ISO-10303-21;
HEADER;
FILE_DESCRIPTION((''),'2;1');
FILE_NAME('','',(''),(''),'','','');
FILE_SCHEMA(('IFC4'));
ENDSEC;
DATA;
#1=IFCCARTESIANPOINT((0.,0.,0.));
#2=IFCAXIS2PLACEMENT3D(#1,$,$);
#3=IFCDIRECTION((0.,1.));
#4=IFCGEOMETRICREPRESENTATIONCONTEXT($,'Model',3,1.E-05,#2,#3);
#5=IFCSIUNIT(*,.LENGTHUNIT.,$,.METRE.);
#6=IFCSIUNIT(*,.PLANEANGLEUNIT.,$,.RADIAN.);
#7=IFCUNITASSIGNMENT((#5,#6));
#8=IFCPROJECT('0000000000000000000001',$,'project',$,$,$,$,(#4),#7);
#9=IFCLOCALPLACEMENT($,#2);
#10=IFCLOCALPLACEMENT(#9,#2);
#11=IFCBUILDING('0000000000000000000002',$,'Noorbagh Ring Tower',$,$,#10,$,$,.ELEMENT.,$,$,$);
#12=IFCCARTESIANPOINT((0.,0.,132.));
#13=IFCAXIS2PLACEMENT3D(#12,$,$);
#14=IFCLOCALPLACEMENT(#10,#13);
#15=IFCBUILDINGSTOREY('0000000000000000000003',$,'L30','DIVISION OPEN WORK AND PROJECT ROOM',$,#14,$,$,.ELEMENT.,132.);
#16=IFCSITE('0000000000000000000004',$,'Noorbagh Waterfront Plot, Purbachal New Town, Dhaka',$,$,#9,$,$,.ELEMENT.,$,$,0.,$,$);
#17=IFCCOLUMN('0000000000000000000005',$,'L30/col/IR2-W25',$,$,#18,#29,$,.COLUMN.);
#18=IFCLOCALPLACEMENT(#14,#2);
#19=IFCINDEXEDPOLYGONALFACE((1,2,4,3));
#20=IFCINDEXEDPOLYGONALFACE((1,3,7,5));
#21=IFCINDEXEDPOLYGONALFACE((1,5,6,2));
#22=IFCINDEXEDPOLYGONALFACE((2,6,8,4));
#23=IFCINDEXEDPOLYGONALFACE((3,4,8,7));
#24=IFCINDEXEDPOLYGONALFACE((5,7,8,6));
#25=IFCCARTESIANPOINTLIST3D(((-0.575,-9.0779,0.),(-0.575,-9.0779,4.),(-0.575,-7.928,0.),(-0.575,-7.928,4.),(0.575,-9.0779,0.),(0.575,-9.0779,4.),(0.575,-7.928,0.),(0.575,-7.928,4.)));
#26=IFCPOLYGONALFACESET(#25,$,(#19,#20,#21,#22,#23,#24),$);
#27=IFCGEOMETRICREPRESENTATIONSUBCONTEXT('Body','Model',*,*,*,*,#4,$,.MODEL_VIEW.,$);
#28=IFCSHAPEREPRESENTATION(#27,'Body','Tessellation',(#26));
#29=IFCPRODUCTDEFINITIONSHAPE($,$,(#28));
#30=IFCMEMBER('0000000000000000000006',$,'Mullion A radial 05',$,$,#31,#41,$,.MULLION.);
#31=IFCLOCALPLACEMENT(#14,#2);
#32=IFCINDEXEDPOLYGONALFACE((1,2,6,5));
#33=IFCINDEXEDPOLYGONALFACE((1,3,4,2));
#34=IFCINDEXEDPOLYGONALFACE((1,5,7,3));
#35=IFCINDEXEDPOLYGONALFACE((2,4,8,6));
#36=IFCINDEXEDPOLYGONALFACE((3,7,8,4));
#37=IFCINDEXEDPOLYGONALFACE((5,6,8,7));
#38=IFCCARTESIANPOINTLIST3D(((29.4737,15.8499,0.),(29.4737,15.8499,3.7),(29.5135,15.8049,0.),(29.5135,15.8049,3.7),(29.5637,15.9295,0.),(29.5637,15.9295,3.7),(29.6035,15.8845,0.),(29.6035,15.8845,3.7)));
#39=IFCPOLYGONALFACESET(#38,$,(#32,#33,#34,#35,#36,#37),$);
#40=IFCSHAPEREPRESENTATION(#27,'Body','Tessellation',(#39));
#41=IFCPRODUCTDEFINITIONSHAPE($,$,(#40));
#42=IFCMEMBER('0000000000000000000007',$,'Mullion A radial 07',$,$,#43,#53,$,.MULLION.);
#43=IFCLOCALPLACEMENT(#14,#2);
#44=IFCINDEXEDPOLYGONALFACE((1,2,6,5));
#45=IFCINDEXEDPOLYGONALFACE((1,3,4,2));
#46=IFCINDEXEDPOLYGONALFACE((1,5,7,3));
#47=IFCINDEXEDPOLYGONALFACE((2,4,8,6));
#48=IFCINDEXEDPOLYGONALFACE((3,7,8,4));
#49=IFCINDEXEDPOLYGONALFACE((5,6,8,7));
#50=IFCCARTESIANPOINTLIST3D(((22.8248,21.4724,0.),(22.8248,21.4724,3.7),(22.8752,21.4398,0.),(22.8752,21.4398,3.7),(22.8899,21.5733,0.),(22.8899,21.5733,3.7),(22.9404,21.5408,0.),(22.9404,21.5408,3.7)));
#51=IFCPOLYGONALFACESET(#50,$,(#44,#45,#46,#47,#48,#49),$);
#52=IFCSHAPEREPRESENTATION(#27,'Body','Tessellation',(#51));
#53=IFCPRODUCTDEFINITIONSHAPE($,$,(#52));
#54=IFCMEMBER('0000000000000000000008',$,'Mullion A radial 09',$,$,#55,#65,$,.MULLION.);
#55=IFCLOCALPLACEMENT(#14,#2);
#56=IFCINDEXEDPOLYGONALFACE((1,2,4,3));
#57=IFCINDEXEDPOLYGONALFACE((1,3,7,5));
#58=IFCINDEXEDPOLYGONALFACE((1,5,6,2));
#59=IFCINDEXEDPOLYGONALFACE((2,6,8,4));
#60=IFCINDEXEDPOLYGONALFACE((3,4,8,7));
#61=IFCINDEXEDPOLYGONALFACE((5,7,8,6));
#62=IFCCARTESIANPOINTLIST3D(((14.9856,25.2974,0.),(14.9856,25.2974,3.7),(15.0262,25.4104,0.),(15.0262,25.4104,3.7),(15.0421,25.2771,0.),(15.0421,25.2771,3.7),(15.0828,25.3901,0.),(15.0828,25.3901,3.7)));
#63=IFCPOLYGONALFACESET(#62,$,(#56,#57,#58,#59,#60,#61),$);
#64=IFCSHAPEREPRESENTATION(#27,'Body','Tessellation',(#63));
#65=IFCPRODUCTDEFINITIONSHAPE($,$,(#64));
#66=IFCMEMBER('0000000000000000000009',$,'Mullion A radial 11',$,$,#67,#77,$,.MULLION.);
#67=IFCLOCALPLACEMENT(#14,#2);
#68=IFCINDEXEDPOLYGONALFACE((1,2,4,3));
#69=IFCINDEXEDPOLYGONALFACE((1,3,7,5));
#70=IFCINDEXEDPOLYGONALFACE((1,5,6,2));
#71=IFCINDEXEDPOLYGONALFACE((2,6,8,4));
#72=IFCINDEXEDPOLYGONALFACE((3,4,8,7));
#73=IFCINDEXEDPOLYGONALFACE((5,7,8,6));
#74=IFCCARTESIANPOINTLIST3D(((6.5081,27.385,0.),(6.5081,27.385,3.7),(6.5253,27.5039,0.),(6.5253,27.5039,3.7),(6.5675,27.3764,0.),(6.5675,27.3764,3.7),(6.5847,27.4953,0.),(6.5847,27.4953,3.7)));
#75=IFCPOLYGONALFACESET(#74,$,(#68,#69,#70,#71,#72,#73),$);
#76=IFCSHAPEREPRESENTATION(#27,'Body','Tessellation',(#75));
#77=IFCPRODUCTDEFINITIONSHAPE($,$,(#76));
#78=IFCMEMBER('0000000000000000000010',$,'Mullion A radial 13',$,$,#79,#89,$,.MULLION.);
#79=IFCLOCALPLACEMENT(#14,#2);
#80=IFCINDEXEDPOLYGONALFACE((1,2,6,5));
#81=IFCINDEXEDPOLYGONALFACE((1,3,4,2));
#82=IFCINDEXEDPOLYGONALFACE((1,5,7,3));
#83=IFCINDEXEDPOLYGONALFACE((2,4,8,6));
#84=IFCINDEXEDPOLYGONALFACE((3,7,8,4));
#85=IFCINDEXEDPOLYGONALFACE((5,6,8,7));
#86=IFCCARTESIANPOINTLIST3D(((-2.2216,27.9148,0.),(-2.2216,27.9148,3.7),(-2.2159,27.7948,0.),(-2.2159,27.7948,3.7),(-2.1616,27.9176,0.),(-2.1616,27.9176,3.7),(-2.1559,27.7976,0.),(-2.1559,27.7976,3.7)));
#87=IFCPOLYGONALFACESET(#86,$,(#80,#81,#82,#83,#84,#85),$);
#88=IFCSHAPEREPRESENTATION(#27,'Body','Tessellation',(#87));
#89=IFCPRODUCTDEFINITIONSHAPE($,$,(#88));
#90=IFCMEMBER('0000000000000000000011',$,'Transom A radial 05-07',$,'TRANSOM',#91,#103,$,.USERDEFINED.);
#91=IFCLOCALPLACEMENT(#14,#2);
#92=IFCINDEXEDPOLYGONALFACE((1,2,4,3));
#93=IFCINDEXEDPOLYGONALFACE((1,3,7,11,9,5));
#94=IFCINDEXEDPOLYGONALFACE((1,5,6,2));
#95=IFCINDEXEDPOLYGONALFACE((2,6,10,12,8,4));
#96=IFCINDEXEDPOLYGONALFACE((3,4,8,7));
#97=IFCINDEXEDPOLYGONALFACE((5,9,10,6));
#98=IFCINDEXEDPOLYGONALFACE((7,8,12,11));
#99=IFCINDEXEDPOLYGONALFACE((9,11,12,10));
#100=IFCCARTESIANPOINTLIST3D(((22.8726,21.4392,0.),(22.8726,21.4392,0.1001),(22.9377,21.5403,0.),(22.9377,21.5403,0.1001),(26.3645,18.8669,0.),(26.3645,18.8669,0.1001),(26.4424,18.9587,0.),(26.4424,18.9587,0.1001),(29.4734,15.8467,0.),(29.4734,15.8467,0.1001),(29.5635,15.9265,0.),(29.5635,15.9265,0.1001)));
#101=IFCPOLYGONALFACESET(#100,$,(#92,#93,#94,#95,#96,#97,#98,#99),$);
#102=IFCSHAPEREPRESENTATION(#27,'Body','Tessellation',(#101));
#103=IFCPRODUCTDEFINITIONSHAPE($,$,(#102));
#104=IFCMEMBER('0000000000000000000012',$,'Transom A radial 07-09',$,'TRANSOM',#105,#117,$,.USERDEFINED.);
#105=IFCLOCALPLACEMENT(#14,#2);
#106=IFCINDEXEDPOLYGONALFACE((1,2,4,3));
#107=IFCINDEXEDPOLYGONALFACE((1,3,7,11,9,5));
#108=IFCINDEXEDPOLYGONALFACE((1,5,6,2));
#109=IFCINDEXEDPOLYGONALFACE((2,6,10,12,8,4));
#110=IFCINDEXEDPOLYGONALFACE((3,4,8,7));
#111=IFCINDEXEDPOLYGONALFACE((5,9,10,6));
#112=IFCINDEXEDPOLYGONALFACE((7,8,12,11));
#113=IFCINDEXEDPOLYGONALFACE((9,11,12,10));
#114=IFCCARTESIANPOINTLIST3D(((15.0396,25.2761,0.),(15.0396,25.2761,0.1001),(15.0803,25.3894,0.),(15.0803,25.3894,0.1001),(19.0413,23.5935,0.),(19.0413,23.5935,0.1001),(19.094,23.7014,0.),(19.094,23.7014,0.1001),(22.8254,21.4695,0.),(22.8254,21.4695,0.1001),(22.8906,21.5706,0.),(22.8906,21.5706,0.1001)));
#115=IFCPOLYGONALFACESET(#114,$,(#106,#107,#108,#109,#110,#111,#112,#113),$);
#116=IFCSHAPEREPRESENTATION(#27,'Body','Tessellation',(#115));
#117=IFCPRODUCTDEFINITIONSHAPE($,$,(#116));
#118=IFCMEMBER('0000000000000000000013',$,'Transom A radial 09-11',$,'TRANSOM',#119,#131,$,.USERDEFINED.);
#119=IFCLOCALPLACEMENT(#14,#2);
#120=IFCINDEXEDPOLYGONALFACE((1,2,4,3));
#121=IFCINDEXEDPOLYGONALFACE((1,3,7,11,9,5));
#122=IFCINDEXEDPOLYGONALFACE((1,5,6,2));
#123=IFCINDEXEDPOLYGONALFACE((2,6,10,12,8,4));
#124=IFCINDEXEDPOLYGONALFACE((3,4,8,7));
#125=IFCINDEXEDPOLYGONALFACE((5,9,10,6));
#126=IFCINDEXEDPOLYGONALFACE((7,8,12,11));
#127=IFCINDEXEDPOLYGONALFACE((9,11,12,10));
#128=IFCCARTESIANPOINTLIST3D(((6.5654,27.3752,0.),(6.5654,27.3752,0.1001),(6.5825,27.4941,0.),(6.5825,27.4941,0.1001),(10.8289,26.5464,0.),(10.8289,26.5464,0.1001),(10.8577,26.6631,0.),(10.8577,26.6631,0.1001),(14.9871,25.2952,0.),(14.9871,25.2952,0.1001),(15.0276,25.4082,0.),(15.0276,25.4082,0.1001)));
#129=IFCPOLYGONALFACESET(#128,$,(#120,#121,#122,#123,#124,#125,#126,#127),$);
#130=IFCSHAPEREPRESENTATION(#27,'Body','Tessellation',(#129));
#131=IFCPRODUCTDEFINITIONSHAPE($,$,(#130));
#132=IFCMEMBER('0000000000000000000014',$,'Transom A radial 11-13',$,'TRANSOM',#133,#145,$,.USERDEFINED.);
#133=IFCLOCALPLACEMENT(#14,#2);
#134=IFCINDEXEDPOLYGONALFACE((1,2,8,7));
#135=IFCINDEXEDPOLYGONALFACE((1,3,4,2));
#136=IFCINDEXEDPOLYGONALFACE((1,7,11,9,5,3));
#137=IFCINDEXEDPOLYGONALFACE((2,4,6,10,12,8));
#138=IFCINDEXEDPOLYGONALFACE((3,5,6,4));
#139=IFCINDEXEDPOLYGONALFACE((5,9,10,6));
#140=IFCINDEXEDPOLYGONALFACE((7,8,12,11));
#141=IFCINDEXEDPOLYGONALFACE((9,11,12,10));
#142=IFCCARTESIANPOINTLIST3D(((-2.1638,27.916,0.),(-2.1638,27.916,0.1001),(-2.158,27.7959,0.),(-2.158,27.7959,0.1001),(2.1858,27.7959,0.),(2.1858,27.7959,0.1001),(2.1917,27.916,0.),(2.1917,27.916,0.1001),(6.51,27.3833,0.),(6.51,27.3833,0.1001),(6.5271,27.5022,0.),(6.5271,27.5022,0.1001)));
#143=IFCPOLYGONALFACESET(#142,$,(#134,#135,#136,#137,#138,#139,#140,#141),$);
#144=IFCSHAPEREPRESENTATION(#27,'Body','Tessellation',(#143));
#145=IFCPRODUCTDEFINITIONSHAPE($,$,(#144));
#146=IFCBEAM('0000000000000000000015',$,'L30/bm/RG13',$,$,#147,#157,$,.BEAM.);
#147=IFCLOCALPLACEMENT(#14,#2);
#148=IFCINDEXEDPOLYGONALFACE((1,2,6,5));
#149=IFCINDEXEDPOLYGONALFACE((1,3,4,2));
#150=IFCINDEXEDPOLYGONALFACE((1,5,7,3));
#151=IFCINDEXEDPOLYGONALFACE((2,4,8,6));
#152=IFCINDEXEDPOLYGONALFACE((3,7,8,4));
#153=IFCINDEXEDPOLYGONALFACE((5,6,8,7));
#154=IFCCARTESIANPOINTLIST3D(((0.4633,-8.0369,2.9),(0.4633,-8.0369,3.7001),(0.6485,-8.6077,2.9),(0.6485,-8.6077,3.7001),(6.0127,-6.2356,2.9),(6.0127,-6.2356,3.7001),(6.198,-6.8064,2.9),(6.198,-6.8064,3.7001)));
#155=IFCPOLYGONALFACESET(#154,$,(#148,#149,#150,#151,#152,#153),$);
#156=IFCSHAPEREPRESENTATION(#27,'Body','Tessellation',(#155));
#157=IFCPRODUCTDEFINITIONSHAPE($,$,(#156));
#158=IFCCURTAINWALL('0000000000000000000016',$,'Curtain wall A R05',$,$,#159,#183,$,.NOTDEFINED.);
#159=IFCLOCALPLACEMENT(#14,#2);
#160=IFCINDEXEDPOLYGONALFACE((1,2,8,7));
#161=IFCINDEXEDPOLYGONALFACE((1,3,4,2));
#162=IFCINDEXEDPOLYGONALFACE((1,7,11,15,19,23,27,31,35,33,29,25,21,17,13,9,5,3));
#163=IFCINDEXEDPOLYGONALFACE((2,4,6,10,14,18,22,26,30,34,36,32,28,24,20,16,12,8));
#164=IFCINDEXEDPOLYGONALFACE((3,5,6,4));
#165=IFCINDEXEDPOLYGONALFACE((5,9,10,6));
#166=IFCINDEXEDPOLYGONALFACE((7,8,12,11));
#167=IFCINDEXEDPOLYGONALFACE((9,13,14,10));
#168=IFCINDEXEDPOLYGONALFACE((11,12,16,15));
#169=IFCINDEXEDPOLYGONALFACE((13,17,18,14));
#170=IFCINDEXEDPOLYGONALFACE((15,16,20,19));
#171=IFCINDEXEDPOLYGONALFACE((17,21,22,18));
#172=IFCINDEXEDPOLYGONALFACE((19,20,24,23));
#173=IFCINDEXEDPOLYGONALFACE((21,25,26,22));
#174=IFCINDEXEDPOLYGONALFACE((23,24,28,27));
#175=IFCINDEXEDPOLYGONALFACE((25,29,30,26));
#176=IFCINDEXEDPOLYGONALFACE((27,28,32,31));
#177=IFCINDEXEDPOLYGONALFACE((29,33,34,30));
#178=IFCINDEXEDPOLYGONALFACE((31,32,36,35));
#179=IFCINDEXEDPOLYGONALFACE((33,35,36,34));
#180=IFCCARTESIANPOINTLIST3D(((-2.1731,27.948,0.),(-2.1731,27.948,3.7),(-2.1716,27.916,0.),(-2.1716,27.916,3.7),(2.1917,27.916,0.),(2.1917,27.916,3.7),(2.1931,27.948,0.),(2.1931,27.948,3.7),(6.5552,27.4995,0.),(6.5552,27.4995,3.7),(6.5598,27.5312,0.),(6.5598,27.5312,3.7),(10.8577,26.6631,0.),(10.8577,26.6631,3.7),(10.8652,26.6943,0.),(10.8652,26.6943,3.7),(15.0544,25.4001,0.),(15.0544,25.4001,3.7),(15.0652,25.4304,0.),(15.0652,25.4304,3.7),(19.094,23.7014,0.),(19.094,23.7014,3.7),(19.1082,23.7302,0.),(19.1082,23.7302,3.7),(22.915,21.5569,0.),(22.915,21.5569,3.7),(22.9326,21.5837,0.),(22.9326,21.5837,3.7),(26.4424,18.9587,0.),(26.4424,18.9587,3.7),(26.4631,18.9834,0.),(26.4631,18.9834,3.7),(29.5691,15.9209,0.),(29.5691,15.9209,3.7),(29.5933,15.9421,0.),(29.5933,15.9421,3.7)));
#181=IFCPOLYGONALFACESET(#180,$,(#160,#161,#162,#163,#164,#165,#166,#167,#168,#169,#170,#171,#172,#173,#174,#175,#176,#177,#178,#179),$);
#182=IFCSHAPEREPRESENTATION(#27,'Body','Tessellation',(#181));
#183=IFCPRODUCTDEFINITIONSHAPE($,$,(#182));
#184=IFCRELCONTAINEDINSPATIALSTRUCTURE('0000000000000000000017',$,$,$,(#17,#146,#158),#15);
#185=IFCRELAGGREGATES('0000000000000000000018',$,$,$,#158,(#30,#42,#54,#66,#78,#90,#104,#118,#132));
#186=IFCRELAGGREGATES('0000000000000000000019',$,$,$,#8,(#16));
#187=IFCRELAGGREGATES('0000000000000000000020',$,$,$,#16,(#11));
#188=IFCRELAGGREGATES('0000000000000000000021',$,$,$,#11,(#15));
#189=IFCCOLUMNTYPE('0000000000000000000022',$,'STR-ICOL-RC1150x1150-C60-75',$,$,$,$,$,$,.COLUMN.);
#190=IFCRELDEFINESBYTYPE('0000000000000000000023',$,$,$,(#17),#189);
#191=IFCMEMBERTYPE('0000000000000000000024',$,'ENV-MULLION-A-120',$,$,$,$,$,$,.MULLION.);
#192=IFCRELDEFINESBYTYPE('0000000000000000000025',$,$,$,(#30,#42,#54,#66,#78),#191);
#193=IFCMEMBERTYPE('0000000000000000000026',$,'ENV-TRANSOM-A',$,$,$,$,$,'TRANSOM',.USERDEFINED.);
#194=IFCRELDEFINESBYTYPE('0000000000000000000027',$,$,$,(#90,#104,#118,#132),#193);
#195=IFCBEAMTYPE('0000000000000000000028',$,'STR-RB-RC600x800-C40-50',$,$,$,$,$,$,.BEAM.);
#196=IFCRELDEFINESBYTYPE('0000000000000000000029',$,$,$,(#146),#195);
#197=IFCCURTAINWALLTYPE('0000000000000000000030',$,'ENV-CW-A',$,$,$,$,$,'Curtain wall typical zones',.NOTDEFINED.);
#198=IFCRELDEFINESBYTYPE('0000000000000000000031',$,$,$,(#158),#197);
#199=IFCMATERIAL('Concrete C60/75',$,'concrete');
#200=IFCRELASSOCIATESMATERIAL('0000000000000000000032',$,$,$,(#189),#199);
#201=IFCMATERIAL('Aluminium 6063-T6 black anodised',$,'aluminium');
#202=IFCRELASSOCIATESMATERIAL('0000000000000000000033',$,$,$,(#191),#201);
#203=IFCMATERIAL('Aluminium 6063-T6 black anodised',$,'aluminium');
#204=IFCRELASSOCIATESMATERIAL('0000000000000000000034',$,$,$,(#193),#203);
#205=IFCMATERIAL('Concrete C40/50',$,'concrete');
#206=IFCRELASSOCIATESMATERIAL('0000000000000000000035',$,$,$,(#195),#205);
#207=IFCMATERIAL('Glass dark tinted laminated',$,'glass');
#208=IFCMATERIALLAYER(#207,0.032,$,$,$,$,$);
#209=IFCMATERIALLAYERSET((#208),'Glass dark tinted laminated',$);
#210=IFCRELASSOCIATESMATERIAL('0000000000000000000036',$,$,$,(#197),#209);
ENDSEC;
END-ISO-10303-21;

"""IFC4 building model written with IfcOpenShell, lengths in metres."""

from ifc_helpers import new_model, si_unit, direction, frame, origin, origin_2d, place, context, subcontext, project, spatial, polyline, rectangle, outline, extrude, material, layer, layer_set, material_profile, profile_set, type_object, element, aggregate, save


model = new_model("IFC4")

# Units and contexts
model_context = context("Model", 3, precision=1e-05, world=origin(), true_north=direction((0.0, 1.0)))
body_context = subcontext(model_context, "Body", "Model", "MODEL_VIEW")
ifc_project = project(units=[si_unit("LENGTHUNIT", "METRE"), si_unit("PLANEANGLEUNIT", "RADIAN")], contexts=[model_context])

# Site, building, storey
site_placement = place(None, origin())
site = spatial("IfcSite", under=ifc_project, at=site_placement, Name="Noorbagh Waterfront Plot, Purbachal New Town, Dhaka", CompositionType="ELEMENT", RefElevation=0.0)
building_placement = place(site_placement, origin())
building = spatial("IfcBuilding", under=site, at=building_placement, Name="Noorbagh Ring Tower", CompositionType="ELEMENT")
storey_placement = place(building_placement, frame((0.0, 0.0, 132.0)))
storey = spatial("IfcBuildingStorey", under=building, at=storey_placement, Name="L30", Description="DIVISION OPEN WORK AND PROJECT ROOM", CompositionType="ELEMENT", Elevation=132.0)

# Column
ifc_material_1 = material(Name="Concrete C60/75", Category="concrete")
ifc_material_profile_1 = material_profile(ifc_material_1, rectangle(XDim=1.1499, YDim=1.1499, at=origin_2d()), Name="RC1150x1150")
ifc_profile_set_1 = profile_set([ifc_material_profile_1], Name="Concrete C60/75")
column_type = type_object("IfcColumnType", Name="STR-ICOL-RC1150x1150-C60-75", PredefinedType="COLUMN", material=ifc_profile_set_1)
column_placement = place(storey_placement, frame((0.0, -8.5029, 0.0), z_axis=(0.0, 0.0, 1.0), x_axis=(1.0, 0.0, 0.0)))
element("IfcColumn", 1, at=column_placement, inside=storey, type_object=column_type, Name="L30/col/IR2-W25", PredefinedType="COLUMN", context=body_context, shape_type="SweptSolid", body=[
    extrude(rectangle(XDim=1.1499, YDim=1.1499, at=origin_2d()), origin(), (0.0, 0.0, 1.0), 4.0),
])

# Members
ifc_material_2 = material(Name="Aluminium 6063-T6 black anodised", Category="aluminium")
ifc_material_profile_2 = material_profile(ifc_material_2, rectangle(XDim=0.1201, YDim=0.0601, at=origin_2d()), Name="120x60")
ifc_profile_set_2 = profile_set([ifc_material_profile_2], Name="Aluminium 6063-T6 black anodised")
member_type_1 = type_object("IfcMemberType", Name="ENV-MULLION-A-120", PredefinedType="MULLION", material=ifc_profile_set_2)
member_1_placement = place(storey_placement, frame((29.5386, 15.8672, 0.0), z_axis=(0.0, 0.0, 1.0), x_axis=(-0.749047, -0.662517, 0.0)))
member_1 = element("IfcMember", 2, at=member_1_placement, type_object=member_type_1, Name="Mullion A radial 05", PredefinedType="MULLION", context=body_context, shape_type="SweptSolid", body=[
    extrude(rectangle(XDim=0.1201, YDim=0.0601, at=origin_2d()), origin(), (0.0, 0.0, 1.0), 3.7),
])
member_2_placement = place(storey_placement, frame((22.8826, 21.5066, 0.0), z_axis=(0.0, 0.0, 1.0), x_axis=(-0.542279, -0.840198, 0.0)))
member_2 = element("IfcMember", 3, at=member_2_placement, type_object=member_type_1, Name="Mullion A radial 07", PredefinedType="MULLION", context=body_context, shape_type="SweptSolid", body=[
    extrude(rectangle(XDim=0.1201, YDim=0.0601, at=origin_2d()), origin(), (0.0, 0.0, 1.0), 3.7),
])
member_3_placement = place(storey_placement, frame((15.0342, 25.3438, 0.0), z_axis=(0.0, 0.0, 1.0), x_axis=(-0.338379, -0.94101, 0.0)))
member_3 = element("IfcMember", 4, at=member_3_placement, type_object=member_type_1, Name="Mullion A radial 09", PredefinedType="MULLION", context=body_context, shape_type="SweptSolid", body=[
    extrude(rectangle(XDim=0.1201, YDim=0.0601, at=origin_2d()), origin(), (0.0, 0.0, 1.0), 3.7),
])
member_4_placement = place(storey_placement, frame((6.5464, 27.4402, 0.0), z_axis=(0.0, 0.0, 1.0), x_axis=(-0.143082, -0.989711, 0.0)))
member_4 = element("IfcMember", 5, at=member_4_placement, type_object=member_type_1, Name="Mullion A radial 11", PredefinedType="MULLION", context=body_context, shape_type="SweptSolid", body=[
    extrude(rectangle(XDim=0.1201, YDim=0.0601, at=origin_2d()), origin(), (0.0, 0.0, 1.0), 3.7),
])
member_5_placement = place(storey_placement, frame((-2.1887, 27.8562, 0.0), z_axis=(0.0, 0.0, 1.0), x_axis=(0.047558, -0.998868, 0.0)))
member_5 = element("IfcMember", 6, at=member_5_placement, type_object=member_type_1, Name="Mullion A radial 13", PredefinedType="MULLION", context=body_context, shape_type="SweptSolid", body=[
    extrude(rectangle(XDim=0.1201, YDim=0.0601, at=origin_2d()), origin(), (0.0, 0.0, 1.0), 3.7),
])
ifc_material_3 = material(Name="Aluminium 6063-T6 black anodised", Category="aluminium")
member_type_2 = type_object("IfcMemberType", Name="ENV-TRANSOM-A", ElementType="TRANSOM", PredefinedType="USERDEFINED", material=ifc_material_3)
member_6_placement = place(storey_placement, origin())
member_6 = element("IfcMember", 7, at=member_6_placement, type_object=member_type_2, Name="Transom A radial 05-07", ObjectType="TRANSOM", PredefinedType="USERDEFINED", context=body_context, shape_type="SweptSolid", body=[
    extrude(outline(polyline([(29.5635, 15.9265), (26.4424, 18.9587), (22.9377, 21.5403), (22.8726, 21.4392), (26.3645, 18.8669), (29.4734, 15.8467), (29.5635, 15.9265)])), origin(), (0.0, 0.0, 1.0), 0.1001),
])
member_7_placement = place(storey_placement, origin())
member_7 = element("IfcMember", 8, at=member_7_placement, type_object=member_type_2, Name="Transom A radial 07-09", ObjectType="TRANSOM", PredefinedType="USERDEFINED", context=body_context, shape_type="SweptSolid", body=[
    extrude(outline(polyline([(22.8906, 21.5706), (19.094, 23.7014), (15.0803, 25.3894), (15.0396, 25.2761), (19.0413, 23.5935), (22.8254, 21.4695), (22.8906, 21.5706)])), origin(), (0.0, 0.0, 1.0), 0.1001),
])
member_8_placement = place(storey_placement, origin())
member_8 = element("IfcMember", 9, at=member_8_placement, type_object=member_type_2, Name="Transom A radial 09-11", ObjectType="TRANSOM", PredefinedType="USERDEFINED", context=body_context, shape_type="SweptSolid", body=[
    extrude(outline(polyline([(15.0276, 25.4082), (10.8577, 26.6631), (6.5825, 27.4941), (6.5654, 27.3752), (10.8289, 26.5464), (14.9871, 25.2952), (15.0276, 25.4082)])), origin(), (0.0, 0.0, 1.0), 0.1001),
])
member_9_placement = place(storey_placement, origin())
member_9 = element("IfcMember", 10, at=member_9_placement, type_object=member_type_2, Name="Transom A radial 11-13", ObjectType="TRANSOM", PredefinedType="USERDEFINED", context=body_context, shape_type="SweptSolid", body=[
    extrude(outline(polyline([(6.5271, 27.5022), (2.1917, 27.916), (-2.1638, 27.916), (-2.158, 27.7959), (2.1858, 27.7959), (6.51, 27.3833), (6.5271, 27.5022)])), origin(), (0.0, 0.0, 1.0), 0.1001),
])

# Beam
ifc_material_4 = material(Name="Concrete C40/50", Category="concrete")
ifc_material_profile_3 = material_profile(ifc_material_4, rectangle(XDim=0.6001, YDim=0.8, at=origin_2d()), Name="RC600x800")
ifc_profile_set_3 = profile_set([ifc_material_profile_3], Name="Concrete C40/50")
beam_type = type_object("IfcBeamType", Name="STR-RB-RC600x800-C40-50", PredefinedType="BEAM", material=ifc_profile_set_3)
beam_placement = place(storey_placement, frame((0.5559, -8.3223, 3.3), z_axis=(0.951152, 0.308724, 0.0), x_axis=(-0.308724, 0.951152, 0.0)))
element("IfcBeam", 11, at=beam_placement, inside=storey, type_object=beam_type, Name="L30/bm/RG13", PredefinedType="BEAM", context=body_context, shape_type="SweptSolid", body=[
    extrude(rectangle(XDim=0.6001, YDim=0.8, at=origin_2d()), origin(), (0.0, 0.0, 1.0), 5.8345),
])

# Curtain wall
ifc_material_5 = material(Name="Glass dark tinted laminated", Category="glass")
ifc_layer_1 = layer(ifc_material_5, 0.032)
ifc_layer_set_1 = layer_set([ifc_layer_1], Name="Glass dark tinted laminated")
curtain_wall_type = type_object("IfcCurtainWallType", Name="ENV-CW-A", ElementType="Curtain wall typical zones", PredefinedType="NOTDEFINED", material=ifc_layer_set_1)
curtain_wall_1_placement = place(storey_placement, origin())
curtain_wall_1 = element("IfcCurtainWall", 12, at=curtain_wall_1_placement, inside=storey, type_object=curtain_wall_type, Name="Curtain wall A R05", PredefinedType="NOTDEFINED", context=body_context, shape_type="SweptSolid", body=[
    extrude(outline(polyline([(29.5933, 15.9421), (26.4631, 18.9834), (22.9326, 21.5837), (19.1082, 23.7302), (15.0652, 25.4304), (10.8652, 26.6943), (6.5598, 27.5312), (2.1931, 27.948), (-2.1731, 27.948), (-2.1716, 27.916), (2.1917, 27.916), (6.5552, 27.4995), (10.8577, 26.6631), (15.0544, 25.4001), (19.094, 23.7014), (22.915, 21.5569), (26.4424, 18.9587), (29.5691, 15.9209), (29.5933, 15.9421)])), origin(), (0.0, 0.0, 1.0), 3.7),
])
aggregate(curtain_wall_1, [member_1, member_2, member_3, member_4, member_5, member_6, member_7, member_8, member_9])

save(model, "model.ifc")
